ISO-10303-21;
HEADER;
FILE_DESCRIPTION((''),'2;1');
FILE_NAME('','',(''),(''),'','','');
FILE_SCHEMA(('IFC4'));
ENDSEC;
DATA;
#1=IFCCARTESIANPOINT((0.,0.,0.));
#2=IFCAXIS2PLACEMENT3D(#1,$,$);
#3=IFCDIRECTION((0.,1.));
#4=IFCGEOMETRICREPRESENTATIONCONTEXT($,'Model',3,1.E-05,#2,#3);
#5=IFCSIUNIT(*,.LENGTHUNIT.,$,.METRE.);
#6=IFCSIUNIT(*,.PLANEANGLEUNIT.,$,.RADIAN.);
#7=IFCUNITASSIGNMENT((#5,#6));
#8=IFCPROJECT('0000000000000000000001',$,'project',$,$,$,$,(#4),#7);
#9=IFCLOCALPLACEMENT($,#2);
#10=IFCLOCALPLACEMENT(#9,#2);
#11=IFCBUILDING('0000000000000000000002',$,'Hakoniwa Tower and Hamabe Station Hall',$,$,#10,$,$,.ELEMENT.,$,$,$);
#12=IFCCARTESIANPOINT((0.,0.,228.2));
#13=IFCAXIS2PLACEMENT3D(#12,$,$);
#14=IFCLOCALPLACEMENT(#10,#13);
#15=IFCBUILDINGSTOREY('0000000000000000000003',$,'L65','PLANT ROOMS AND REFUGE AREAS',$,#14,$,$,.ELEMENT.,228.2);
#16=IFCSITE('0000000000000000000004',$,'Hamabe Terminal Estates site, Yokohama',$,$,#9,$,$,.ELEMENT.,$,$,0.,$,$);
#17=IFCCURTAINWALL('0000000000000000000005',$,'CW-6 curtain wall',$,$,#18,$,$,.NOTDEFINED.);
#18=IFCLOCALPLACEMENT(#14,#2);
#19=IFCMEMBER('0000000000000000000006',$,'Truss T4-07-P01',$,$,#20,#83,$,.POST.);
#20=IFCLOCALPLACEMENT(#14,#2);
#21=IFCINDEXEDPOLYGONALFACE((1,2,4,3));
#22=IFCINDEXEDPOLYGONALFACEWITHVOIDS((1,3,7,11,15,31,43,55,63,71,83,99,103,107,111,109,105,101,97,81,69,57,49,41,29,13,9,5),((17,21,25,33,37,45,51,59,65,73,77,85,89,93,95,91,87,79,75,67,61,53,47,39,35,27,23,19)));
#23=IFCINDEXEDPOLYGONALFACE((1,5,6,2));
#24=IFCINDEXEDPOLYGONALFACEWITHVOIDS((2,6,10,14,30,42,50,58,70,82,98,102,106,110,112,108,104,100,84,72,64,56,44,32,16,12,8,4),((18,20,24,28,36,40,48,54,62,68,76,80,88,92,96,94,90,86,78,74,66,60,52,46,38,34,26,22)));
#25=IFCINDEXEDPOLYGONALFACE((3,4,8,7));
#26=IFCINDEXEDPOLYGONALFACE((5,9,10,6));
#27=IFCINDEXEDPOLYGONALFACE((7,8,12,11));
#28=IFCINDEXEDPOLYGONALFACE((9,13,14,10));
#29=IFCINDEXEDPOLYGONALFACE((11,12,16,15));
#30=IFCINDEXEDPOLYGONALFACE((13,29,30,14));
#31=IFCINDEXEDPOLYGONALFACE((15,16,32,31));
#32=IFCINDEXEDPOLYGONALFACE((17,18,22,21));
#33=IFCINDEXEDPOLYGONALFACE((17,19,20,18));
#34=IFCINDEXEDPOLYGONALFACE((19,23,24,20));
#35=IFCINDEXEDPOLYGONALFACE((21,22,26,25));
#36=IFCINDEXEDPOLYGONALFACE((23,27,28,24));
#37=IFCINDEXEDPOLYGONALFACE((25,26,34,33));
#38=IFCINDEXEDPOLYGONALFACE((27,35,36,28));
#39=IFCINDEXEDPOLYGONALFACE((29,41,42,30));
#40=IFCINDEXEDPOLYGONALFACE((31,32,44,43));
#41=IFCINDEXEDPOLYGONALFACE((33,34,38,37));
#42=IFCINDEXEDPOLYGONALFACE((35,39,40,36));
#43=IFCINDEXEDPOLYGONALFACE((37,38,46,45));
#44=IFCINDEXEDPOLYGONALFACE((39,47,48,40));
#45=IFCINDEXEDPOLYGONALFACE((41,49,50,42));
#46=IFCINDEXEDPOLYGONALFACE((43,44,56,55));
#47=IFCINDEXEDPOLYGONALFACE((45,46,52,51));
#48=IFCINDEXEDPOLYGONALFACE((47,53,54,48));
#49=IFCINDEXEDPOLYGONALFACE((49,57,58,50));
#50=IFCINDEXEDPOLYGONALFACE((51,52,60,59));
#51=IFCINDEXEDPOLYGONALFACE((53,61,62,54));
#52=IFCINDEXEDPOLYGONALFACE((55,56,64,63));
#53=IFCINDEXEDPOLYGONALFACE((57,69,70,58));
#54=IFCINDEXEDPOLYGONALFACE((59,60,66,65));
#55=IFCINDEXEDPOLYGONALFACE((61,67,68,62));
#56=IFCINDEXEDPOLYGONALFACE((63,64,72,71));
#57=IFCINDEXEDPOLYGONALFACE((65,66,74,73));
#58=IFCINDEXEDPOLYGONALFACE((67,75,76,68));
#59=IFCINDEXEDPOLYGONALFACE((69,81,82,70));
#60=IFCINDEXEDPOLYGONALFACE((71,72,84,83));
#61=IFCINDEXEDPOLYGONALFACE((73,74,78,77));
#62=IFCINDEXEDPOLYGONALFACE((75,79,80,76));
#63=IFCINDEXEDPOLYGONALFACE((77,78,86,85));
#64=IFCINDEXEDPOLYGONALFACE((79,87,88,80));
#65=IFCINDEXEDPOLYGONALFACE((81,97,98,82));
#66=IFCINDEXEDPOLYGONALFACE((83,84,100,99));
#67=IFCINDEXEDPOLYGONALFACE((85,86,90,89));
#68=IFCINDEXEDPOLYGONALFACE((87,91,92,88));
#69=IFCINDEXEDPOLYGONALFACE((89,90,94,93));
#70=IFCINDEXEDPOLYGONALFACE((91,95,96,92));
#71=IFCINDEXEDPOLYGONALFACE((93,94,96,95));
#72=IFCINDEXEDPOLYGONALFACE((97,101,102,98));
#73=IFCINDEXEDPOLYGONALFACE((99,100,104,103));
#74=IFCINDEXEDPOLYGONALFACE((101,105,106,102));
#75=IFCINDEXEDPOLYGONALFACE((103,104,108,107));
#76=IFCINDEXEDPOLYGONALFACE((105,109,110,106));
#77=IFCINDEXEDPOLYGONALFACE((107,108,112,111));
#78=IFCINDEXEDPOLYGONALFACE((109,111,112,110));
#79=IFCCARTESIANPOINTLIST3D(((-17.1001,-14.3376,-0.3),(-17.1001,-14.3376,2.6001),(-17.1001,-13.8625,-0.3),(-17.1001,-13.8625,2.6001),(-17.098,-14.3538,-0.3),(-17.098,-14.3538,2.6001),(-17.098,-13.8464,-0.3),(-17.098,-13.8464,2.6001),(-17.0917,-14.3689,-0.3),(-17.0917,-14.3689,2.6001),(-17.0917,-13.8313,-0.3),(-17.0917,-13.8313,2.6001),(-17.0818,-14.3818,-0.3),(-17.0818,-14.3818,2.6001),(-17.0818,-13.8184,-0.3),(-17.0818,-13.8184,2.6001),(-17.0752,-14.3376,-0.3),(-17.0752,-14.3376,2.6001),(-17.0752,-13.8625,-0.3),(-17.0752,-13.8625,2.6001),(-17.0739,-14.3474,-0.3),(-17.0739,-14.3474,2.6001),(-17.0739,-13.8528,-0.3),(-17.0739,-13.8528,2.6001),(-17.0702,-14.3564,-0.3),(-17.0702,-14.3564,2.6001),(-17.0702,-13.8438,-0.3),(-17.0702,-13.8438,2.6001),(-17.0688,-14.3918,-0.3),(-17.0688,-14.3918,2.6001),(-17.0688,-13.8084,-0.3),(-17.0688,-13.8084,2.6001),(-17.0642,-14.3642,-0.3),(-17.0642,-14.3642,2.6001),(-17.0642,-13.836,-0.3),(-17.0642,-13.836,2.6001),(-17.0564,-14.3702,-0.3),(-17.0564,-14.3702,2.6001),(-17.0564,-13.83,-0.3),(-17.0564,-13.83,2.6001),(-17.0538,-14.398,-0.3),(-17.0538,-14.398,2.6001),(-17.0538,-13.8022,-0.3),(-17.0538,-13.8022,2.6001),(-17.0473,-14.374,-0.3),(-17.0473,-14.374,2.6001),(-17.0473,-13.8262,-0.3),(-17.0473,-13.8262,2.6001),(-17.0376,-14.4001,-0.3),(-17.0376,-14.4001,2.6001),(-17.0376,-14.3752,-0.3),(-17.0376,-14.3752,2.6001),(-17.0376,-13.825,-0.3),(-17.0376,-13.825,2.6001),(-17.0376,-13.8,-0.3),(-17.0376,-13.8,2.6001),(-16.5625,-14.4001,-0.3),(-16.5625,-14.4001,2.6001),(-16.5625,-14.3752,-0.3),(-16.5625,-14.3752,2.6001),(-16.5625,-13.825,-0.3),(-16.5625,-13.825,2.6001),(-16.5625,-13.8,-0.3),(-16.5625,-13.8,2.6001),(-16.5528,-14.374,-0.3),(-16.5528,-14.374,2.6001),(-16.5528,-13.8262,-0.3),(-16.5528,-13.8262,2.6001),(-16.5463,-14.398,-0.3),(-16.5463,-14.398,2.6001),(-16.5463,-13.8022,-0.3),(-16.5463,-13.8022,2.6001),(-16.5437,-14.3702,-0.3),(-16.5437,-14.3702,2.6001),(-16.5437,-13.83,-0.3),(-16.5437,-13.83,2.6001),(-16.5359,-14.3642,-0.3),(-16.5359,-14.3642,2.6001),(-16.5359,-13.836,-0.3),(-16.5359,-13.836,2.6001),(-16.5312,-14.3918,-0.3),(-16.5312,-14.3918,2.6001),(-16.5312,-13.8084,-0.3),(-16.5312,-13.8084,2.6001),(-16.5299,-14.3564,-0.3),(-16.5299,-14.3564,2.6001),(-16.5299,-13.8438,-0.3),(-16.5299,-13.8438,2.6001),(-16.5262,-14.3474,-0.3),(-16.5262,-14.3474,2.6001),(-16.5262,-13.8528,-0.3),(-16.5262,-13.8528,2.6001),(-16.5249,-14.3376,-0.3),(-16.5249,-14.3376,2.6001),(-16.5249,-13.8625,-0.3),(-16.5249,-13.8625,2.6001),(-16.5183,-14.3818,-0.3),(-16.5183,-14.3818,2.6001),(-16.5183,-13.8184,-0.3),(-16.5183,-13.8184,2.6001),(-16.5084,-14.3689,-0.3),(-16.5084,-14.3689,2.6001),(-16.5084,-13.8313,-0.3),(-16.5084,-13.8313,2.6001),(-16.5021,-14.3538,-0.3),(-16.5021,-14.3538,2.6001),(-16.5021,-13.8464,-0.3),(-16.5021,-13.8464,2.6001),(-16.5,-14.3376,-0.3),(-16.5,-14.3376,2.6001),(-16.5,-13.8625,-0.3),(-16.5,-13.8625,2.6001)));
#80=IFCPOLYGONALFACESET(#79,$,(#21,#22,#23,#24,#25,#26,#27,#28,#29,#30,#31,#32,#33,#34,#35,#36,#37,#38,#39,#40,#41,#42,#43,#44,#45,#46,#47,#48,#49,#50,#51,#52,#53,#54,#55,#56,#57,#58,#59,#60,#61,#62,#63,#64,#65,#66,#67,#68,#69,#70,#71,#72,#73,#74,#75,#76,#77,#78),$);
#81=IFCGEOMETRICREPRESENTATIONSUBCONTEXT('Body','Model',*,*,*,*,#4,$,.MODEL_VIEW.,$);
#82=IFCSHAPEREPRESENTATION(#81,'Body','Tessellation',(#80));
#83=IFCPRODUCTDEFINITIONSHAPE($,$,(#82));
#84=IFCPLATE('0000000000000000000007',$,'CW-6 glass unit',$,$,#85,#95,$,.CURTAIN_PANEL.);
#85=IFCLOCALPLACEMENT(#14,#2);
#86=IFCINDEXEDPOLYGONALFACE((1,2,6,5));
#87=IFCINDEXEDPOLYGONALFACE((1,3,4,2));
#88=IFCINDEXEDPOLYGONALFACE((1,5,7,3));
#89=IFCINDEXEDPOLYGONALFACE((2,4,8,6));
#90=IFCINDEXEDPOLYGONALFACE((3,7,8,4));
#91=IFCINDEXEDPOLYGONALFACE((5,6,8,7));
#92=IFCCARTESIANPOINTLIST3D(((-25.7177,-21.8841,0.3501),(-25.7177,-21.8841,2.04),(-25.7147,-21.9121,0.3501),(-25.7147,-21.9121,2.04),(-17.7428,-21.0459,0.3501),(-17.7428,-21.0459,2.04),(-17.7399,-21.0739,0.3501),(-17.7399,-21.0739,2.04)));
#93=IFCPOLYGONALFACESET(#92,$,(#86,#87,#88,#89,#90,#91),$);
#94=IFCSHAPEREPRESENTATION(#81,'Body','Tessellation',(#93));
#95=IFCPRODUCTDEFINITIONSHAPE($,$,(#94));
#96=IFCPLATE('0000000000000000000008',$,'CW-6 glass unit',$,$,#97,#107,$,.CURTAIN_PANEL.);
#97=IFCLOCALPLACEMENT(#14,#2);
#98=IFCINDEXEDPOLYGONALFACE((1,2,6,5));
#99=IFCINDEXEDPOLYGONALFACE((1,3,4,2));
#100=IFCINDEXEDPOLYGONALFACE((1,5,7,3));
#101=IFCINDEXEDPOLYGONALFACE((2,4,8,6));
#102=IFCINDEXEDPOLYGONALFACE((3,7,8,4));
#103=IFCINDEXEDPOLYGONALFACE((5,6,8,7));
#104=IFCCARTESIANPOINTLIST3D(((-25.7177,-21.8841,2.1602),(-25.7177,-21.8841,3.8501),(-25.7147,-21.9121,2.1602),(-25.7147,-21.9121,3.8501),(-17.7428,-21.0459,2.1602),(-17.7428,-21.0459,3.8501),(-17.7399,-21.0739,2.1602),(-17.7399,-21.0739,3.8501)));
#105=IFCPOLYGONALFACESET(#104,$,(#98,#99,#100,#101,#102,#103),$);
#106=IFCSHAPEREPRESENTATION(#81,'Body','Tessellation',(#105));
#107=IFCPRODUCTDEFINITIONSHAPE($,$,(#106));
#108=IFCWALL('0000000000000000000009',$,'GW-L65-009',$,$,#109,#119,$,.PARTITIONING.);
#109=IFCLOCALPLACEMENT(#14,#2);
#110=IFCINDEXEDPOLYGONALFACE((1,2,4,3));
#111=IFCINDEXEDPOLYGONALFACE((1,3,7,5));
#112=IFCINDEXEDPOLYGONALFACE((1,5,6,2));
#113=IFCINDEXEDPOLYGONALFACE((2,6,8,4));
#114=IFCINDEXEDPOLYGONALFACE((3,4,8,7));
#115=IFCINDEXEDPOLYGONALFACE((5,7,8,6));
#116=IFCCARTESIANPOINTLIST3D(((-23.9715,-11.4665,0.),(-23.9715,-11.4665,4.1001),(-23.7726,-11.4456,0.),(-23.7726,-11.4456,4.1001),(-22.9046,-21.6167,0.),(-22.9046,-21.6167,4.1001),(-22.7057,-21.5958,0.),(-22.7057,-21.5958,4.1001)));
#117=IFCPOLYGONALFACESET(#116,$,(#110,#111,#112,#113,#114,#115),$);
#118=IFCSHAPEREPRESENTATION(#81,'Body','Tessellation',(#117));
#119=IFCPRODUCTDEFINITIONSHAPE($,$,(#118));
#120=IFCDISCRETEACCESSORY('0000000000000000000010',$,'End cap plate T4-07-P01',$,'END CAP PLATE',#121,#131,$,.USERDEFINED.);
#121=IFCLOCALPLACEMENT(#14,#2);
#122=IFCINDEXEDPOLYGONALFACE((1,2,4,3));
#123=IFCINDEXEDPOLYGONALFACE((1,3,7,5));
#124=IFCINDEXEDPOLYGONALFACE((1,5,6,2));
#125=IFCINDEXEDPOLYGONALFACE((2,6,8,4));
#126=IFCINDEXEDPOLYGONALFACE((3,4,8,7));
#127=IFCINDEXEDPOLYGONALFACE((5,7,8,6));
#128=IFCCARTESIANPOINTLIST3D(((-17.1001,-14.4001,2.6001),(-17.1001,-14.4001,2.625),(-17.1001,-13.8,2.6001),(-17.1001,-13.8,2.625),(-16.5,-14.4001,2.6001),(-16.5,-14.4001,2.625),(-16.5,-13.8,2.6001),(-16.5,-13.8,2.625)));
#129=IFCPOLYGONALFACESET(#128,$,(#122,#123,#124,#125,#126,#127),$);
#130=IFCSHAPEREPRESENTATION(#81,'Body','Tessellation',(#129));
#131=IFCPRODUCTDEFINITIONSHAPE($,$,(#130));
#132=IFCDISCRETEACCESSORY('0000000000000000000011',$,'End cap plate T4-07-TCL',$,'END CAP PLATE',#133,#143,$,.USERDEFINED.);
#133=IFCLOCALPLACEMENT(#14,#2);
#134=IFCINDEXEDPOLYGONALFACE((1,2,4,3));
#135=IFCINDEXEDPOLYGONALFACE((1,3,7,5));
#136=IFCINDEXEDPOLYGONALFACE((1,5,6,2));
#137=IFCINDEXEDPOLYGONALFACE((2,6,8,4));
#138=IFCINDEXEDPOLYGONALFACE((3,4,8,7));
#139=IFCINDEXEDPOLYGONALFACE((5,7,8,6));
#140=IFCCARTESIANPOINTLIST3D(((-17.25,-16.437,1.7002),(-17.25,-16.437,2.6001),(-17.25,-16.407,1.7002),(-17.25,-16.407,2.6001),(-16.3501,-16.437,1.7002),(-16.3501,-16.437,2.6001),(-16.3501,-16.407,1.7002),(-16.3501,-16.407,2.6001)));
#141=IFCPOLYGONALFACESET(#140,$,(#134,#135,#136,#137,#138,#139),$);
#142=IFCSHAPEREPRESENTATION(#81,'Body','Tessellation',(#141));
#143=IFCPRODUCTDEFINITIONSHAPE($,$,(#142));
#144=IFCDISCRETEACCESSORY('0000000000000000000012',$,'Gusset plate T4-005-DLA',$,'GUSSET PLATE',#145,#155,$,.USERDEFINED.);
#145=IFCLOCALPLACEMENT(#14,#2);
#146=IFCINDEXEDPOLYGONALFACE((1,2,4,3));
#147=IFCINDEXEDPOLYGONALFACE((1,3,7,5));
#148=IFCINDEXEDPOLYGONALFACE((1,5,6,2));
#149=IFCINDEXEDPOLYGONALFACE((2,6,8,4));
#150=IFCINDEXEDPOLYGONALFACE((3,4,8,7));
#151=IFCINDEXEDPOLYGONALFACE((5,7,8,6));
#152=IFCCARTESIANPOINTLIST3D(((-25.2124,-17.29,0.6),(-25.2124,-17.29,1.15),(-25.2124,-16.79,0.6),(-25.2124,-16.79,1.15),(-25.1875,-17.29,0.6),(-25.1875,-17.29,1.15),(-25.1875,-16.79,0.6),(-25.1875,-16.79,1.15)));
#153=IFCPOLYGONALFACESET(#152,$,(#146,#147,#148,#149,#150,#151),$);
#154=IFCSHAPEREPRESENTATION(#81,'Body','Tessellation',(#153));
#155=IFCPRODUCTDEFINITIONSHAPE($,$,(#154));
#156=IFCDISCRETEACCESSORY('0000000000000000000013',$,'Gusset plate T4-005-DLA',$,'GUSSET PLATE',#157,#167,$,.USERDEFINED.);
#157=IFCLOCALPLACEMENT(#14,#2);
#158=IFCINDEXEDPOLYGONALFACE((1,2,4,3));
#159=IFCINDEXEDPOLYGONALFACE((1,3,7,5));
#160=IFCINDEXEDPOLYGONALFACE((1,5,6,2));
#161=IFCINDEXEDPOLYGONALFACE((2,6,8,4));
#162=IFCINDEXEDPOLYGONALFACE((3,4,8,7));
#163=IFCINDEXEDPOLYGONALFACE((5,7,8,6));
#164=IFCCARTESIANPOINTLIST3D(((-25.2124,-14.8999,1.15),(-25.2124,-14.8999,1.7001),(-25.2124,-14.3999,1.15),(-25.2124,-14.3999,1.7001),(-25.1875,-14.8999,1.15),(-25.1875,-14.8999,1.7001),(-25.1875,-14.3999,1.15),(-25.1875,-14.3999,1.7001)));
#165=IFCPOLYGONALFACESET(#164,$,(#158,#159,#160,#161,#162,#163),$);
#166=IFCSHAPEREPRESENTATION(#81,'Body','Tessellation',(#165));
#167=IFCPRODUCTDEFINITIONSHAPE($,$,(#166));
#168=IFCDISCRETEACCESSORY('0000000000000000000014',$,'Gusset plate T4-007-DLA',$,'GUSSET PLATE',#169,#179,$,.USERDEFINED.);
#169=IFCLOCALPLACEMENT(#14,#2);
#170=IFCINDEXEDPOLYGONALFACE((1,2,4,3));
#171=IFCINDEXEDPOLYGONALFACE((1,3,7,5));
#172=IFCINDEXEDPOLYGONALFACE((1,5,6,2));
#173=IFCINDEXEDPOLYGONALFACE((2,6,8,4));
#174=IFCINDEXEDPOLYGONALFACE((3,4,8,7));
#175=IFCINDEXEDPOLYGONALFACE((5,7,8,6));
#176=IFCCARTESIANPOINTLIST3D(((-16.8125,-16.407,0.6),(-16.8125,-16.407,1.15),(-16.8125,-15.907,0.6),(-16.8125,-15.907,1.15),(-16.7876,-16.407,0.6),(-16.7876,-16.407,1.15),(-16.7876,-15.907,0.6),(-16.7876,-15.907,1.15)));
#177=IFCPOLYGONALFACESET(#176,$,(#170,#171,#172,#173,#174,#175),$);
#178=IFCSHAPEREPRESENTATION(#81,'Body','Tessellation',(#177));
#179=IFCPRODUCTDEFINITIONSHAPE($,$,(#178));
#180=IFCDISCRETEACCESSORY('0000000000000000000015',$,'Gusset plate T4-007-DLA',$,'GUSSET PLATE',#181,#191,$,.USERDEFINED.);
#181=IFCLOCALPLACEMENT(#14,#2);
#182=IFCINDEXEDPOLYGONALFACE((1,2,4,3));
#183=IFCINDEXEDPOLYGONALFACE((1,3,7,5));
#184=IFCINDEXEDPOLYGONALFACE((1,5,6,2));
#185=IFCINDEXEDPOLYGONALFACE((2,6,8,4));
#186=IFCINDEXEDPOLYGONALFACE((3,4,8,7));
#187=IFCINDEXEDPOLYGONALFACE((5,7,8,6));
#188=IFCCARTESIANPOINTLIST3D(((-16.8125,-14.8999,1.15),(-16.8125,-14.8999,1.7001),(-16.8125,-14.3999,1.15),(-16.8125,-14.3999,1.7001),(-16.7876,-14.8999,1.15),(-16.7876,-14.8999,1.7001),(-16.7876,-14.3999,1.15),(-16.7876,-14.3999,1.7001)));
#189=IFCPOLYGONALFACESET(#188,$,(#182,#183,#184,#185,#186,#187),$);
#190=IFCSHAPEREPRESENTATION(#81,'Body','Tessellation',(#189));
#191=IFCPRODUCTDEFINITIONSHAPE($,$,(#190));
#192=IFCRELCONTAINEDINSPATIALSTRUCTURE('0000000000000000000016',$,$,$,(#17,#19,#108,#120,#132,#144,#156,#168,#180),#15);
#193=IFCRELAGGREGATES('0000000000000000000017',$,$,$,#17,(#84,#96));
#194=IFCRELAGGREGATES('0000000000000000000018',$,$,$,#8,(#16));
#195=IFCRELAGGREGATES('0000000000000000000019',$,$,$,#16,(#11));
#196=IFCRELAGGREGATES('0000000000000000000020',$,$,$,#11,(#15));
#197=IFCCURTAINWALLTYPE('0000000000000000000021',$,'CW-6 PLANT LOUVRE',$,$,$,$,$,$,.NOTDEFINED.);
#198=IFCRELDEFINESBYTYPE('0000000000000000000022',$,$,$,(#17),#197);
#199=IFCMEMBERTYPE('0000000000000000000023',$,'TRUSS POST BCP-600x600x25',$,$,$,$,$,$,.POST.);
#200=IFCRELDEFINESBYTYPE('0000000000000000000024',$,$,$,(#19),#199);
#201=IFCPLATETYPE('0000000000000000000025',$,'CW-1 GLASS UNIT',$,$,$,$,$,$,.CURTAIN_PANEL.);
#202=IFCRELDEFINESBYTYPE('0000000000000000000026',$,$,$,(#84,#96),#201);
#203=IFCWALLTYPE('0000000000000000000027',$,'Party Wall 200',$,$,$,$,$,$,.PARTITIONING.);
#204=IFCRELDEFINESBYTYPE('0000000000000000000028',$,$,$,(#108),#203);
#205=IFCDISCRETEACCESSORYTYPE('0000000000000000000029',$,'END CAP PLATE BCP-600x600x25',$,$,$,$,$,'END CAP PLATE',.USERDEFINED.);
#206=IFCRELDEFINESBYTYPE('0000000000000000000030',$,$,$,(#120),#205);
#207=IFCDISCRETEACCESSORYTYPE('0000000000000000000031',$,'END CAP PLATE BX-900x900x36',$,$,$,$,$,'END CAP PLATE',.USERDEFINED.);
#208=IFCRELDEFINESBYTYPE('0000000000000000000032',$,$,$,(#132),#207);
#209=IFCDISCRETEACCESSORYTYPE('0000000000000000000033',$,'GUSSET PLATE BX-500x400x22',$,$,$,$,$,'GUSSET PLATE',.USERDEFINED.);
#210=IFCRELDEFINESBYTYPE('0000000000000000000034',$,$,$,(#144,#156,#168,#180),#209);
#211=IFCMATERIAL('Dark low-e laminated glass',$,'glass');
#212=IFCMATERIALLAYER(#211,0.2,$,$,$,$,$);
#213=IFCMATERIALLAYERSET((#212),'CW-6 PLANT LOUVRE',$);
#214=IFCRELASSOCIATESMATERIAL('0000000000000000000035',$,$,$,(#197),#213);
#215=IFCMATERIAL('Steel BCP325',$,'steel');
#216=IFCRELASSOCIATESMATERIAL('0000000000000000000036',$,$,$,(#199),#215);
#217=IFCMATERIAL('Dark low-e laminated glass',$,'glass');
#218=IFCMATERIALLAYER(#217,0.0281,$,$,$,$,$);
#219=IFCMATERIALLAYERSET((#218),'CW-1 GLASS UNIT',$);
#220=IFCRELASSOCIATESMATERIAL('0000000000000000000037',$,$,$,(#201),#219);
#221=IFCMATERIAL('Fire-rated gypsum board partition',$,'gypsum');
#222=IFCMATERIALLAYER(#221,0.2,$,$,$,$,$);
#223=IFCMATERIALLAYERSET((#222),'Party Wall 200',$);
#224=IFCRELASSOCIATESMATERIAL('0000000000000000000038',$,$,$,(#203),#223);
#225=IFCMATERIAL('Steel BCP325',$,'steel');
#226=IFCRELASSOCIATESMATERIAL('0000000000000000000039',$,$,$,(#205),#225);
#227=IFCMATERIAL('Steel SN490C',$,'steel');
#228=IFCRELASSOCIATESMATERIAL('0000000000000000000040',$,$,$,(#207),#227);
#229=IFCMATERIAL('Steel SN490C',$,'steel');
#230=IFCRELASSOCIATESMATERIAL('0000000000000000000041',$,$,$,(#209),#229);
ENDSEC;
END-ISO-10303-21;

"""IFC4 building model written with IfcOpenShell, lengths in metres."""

from ifc_helpers import new_model, si_unit, direction, frame, frame_2d, origin, origin_2d, place, context, subcontext, project, spatial, rectangle, hollow_rectangle, extrude, material, layer, layer_set, material_profile, profile_set, type_object, element, aggregate, save


model = new_model("IFC4")

# Units and contexts
model_context = context("Model", 3, precision=1e-05, world=origin(), true_north=direction((0.0, 1.0)))
body_context = subcontext(model_context, "Body", "Model", "MODEL_VIEW")
ifc_project = project(units=[si_unit("LENGTHUNIT", "METRE"), si_unit("PLANEANGLEUNIT", "RADIAN")], contexts=[model_context])

# Site, building, storey
site_placement = place(None, origin())
site = spatial("IfcSite", under=ifc_project, at=site_placement, Name="Hamabe Terminal Estates site, Yokohama", CompositionType="ELEMENT", RefElevation=0.0)
building_placement = place(site_placement, origin())
building = spatial("IfcBuilding", under=site, at=building_placement, Name="Hakoniwa Tower and Hamabe Station Hall", CompositionType="ELEMENT")
storey_placement = place(building_placement, frame((0.0, 0.0, 228.2)))
storey = spatial("IfcBuildingStorey", under=building, at=storey_placement, Name="L65", Description="PLANT ROOMS AND REFUGE AREAS", CompositionType="ELEMENT", Elevation=228.2)

# Curtain wall
ifc_material_1 = material(Name="Dark low-e laminated glass", Category="glass")
ifc_layer_1 = layer(ifc_material_1, 0.2)
ifc_layer_set_1 = layer_set([ifc_layer_1], Name="CW-6 PLANT LOUVRE")
curtain_wall_type = type_object("IfcCurtainWallType", Name="CW-6 PLANT LOUVRE", PredefinedType="NOTDEFINED", material=ifc_layer_set_1)
curtain_wall_placement = place(storey_placement, origin())
curtain_wall = element("IfcCurtainWall", 1, at=curtain_wall_placement, inside=storey, type_object=curtain_wall_type, Name="CW-6 curtain wall", PredefinedType="NOTDEFINED")

# Member
ifc_material_2 = material(Name="Steel BCP325", Category="steel")
ifc_material_profile_1 = material_profile(ifc_material_2, hollow_rectangle(XDim=0.6001, YDim=0.6001, WallThickness=0.0249, InnerFilletRadius=0.0376, OuterFilletRadius=0.0625, at=origin_2d()), Name="BCP-600x600x25")
ifc_profile_set_1 = profile_set([ifc_material_profile_1], Name="Steel BCP325")
member_type_1 = type_object("IfcMemberType", Name="TRUSS POST BCP-600x600x25", PredefinedType="POST", material=ifc_profile_set_1)
member_1_placement = place(storey_placement, frame((-16.8, -14.1001, -0.3), z_axis=(0.0, 0.0, 1.0), x_axis=(1.0, 0.0, 0.0)))
element("IfcMember", 2, at=member_1_placement, inside=storey, type_object=member_type_1, Name="Truss T4-07-P01", PredefinedType="POST", context=body_context, shape_type="SweptSolid", body=[
    extrude(hollow_rectangle(XDim=0.6001, YDim=0.6001, WallThickness=0.0249, InnerFilletRadius=0.0376, OuterFilletRadius=0.0625, at=origin_2d()), origin(), (0.0, 0.0, 1.0), 2.9001),
])

# Plates
ifc_material_3 = material(Name="Dark low-e laminated glass", Category="glass")
ifc_layer_2 = layer(ifc_material_3, 0.0281)
ifc_layer_set_2 = layer_set([ifc_layer_2], Name="CW-1 GLASS UNIT")
plate_type = type_object("IfcPlateType", Name="CW-1 GLASS UNIT", PredefinedType="CURTAIN_PANEL", material=ifc_layer_set_2)
plate_1_placement = place(storey_placement, frame((-21.7288, -21.479, 0.3501), z_axis=(0.0, 0.0, 1.0), x_axis=(0.994522, 0.104528, 0.0)))
plate_1 = element("IfcPlate", 3, at=plate_1_placement, type_object=plate_type, Name="CW-6 glass unit", PredefinedType="CURTAIN_PANEL", context=body_context, shape_type="SweptSolid", body=[
    extrude(rectangle(XDim=8.0188, YDim=0.0281, at=origin_2d()), origin(), (0.0, 0.0, 1.0), 1.6899),
])
plate_2_placement = place(storey_placement, frame((-21.7288, -21.479, 2.1602), z_axis=(0.0, 0.0, 1.0), x_axis=(0.994522, 0.104528, 0.0)))
plate_2 = element("IfcPlate", 4, at=plate_2_placement, type_object=plate_type, Name="CW-6 glass unit", PredefinedType="CURTAIN_PANEL", context=body_context, shape_type="SweptSolid", body=[
    extrude(rectangle(XDim=8.0188, YDim=0.0281, at=origin_2d()), origin(), (0.0, 0.0, 1.0), 1.6899),
])
aggregate(curtain_wall, [plate_1, plate_2])

# Wall
ifc_material_4 = material(Name="Fire-rated gypsum board partition", Category="gypsum")
ifc_layer_3 = layer(ifc_material_4, 0.2)
ifc_layer_set_3 = layer_set([ifc_layer_3], Name="Party Wall 200")
wall_type = type_object("IfcWallType", Name="Party Wall 200", PredefinedType="PARTITIONING", material=ifc_layer_set_3)
wall_placement = place(storey_placement, frame((-22.8052, -21.6062, 0.0), z_axis=(0.0, 0.0, 1.0), x_axis=(-0.104535, 0.994521, 0.0)))
element("IfcWall", 5, at=wall_placement, inside=storey, type_object=wall_type, Name="GW-L65-009", PredefinedType="PARTITIONING", context=body_context, shape_type="SweptSolid", body=[
    extrude(rectangle(XDim=10.2061, YDim=0.2, at=frame_2d((5.103, 0.0))), origin(), (0.0, 0.0, 1.0), 4.1001),
])

# Discrete accessories
ifc_material_5 = material(Name="Steel BCP325", Category="steel")
ifc_material_profile_2 = material_profile(ifc_material_5, rectangle(XDim=0.6001, YDim=0.6001, at=origin_2d()), Name="END CAP PLATE BCP-600x600x25")
ifc_profile_set_2 = profile_set([ifc_material_profile_2], Name="Steel BCP325")
discrete_accessory_type_1 = type_object("IfcDiscreteAccessoryType", Name="END CAP PLATE BCP-600x600x25", ElementType="END CAP PLATE", PredefinedType="USERDEFINED", material=ifc_profile_set_2)
discrete_accessory_1_placement = place(storey_placement, frame((-16.8, -14.1001, 2.6001), z_axis=(0.0, 0.0, 1.0), x_axis=(1.0, 0.0, 0.0)))
element("IfcDiscreteAccessory", 6, at=discrete_accessory_1_placement, inside=storey, type_object=discrete_accessory_type_1, Name="End cap plate T4-07-P01", ObjectType="END CAP PLATE", PredefinedType="USERDEFINED", context=body_context, shape_type="SweptSolid", body=[
    extrude(rectangle(XDim=0.6001, YDim=0.6001, at=origin_2d()), origin(), (0.0, 0.0, 1.0), 0.0249),
])
ifc_material_6 = material(Name="Steel SN490C", Category="steel")
ifc_material_profile_3 = material_profile(ifc_material_6, rectangle(XDim=0.8999, YDim=0.8999, at=origin_2d()), Name="END CAP PLATE BX-900x900x36")
ifc_profile_set_3 = profile_set([ifc_material_profile_3], Name="Steel SN490C")
discrete_accessory_type_2 = type_object("IfcDiscreteAccessoryType", Name="END CAP PLATE BX-900x900x36", ElementType="END CAP PLATE", PredefinedType="USERDEFINED", material=ifc_profile_set_3)
discrete_accessory_2_placement = place(storey_placement, frame((-16.8, -16.437, 2.1501), z_axis=(0.0, 1.0, 0.0), x_axis=(-1.0, 0.0, 0.0)))
element("IfcDiscreteAccessory", 7, at=discrete_accessory_2_placement, inside=storey, type_object=discrete_accessory_type_2, Name="End cap plate T4-07-TCL", ObjectType="END CAP PLATE", PredefinedType="USERDEFINED", context=body_context, shape_type="SweptSolid", body=[
    extrude(rectangle(XDim=0.8999, YDim=0.8999, at=origin_2d()), origin(), (0.0, 0.0, 1.0), 0.03),
])
ifc_material_7 = material(Name="Steel SN490C", Category="steel")
ifc_material_profile_4 = material_profile(ifc_material_7, rectangle(XDim=0.5, YDim=0.55, at=origin_2d()), Name="GUSSET PLATE BX-500x400x22")
ifc_profile_set_4 = profile_set([ifc_material_profile_4], Name="Steel SN490C")
discrete_accessory_type_3 = type_object("IfcDiscreteAccessoryType", Name="GUSSET PLATE BX-500x400x22", ElementType="GUSSET PLATE", PredefinedType="USERDEFINED", material=ifc_profile_set_4)
for number, where, z_axis, x_axis, name in (
    (8, (-25.1875, -17.04, 0.875), (-1.0, 0.0, 0.0), (0.0, -1.0, 0.0), "Gusset plate T4-005-DLA"),
    (9, (-25.1875, -14.6499, 1.425), (-1.0, 0.0, 0.0), (0.0, -1.0, 0.0), "Gusset plate T4-005-DLA"),
    (10, (-16.7876, -16.157, 0.875), (-1.0, 0.0, 0.0), (0.0, -1.0, 0.0), "Gusset plate T4-007-DLA"),
    (11, (-16.7876, -14.6499, 1.425), (-1.0, 0.0, 0.0), (0.0, -1.0, 0.0), "Gusset plate T4-007-DLA"),
):
    element("IfcDiscreteAccessory", number, at=place(storey_placement, frame(where, z_axis=z_axis, x_axis=x_axis)), inside=storey, type_object=discrete_accessory_type_3, Name=name, ObjectType="GUSSET PLATE", PredefinedType="USERDEFINED", context=body_context, shape_type="SweptSolid", body=[
        extrude(rectangle(XDim=0.5, YDim=0.55, at=origin_2d()), origin(), (0.0, 0.0, 1.0), 0.0249),
    ])

save(model, "model.ifc")
